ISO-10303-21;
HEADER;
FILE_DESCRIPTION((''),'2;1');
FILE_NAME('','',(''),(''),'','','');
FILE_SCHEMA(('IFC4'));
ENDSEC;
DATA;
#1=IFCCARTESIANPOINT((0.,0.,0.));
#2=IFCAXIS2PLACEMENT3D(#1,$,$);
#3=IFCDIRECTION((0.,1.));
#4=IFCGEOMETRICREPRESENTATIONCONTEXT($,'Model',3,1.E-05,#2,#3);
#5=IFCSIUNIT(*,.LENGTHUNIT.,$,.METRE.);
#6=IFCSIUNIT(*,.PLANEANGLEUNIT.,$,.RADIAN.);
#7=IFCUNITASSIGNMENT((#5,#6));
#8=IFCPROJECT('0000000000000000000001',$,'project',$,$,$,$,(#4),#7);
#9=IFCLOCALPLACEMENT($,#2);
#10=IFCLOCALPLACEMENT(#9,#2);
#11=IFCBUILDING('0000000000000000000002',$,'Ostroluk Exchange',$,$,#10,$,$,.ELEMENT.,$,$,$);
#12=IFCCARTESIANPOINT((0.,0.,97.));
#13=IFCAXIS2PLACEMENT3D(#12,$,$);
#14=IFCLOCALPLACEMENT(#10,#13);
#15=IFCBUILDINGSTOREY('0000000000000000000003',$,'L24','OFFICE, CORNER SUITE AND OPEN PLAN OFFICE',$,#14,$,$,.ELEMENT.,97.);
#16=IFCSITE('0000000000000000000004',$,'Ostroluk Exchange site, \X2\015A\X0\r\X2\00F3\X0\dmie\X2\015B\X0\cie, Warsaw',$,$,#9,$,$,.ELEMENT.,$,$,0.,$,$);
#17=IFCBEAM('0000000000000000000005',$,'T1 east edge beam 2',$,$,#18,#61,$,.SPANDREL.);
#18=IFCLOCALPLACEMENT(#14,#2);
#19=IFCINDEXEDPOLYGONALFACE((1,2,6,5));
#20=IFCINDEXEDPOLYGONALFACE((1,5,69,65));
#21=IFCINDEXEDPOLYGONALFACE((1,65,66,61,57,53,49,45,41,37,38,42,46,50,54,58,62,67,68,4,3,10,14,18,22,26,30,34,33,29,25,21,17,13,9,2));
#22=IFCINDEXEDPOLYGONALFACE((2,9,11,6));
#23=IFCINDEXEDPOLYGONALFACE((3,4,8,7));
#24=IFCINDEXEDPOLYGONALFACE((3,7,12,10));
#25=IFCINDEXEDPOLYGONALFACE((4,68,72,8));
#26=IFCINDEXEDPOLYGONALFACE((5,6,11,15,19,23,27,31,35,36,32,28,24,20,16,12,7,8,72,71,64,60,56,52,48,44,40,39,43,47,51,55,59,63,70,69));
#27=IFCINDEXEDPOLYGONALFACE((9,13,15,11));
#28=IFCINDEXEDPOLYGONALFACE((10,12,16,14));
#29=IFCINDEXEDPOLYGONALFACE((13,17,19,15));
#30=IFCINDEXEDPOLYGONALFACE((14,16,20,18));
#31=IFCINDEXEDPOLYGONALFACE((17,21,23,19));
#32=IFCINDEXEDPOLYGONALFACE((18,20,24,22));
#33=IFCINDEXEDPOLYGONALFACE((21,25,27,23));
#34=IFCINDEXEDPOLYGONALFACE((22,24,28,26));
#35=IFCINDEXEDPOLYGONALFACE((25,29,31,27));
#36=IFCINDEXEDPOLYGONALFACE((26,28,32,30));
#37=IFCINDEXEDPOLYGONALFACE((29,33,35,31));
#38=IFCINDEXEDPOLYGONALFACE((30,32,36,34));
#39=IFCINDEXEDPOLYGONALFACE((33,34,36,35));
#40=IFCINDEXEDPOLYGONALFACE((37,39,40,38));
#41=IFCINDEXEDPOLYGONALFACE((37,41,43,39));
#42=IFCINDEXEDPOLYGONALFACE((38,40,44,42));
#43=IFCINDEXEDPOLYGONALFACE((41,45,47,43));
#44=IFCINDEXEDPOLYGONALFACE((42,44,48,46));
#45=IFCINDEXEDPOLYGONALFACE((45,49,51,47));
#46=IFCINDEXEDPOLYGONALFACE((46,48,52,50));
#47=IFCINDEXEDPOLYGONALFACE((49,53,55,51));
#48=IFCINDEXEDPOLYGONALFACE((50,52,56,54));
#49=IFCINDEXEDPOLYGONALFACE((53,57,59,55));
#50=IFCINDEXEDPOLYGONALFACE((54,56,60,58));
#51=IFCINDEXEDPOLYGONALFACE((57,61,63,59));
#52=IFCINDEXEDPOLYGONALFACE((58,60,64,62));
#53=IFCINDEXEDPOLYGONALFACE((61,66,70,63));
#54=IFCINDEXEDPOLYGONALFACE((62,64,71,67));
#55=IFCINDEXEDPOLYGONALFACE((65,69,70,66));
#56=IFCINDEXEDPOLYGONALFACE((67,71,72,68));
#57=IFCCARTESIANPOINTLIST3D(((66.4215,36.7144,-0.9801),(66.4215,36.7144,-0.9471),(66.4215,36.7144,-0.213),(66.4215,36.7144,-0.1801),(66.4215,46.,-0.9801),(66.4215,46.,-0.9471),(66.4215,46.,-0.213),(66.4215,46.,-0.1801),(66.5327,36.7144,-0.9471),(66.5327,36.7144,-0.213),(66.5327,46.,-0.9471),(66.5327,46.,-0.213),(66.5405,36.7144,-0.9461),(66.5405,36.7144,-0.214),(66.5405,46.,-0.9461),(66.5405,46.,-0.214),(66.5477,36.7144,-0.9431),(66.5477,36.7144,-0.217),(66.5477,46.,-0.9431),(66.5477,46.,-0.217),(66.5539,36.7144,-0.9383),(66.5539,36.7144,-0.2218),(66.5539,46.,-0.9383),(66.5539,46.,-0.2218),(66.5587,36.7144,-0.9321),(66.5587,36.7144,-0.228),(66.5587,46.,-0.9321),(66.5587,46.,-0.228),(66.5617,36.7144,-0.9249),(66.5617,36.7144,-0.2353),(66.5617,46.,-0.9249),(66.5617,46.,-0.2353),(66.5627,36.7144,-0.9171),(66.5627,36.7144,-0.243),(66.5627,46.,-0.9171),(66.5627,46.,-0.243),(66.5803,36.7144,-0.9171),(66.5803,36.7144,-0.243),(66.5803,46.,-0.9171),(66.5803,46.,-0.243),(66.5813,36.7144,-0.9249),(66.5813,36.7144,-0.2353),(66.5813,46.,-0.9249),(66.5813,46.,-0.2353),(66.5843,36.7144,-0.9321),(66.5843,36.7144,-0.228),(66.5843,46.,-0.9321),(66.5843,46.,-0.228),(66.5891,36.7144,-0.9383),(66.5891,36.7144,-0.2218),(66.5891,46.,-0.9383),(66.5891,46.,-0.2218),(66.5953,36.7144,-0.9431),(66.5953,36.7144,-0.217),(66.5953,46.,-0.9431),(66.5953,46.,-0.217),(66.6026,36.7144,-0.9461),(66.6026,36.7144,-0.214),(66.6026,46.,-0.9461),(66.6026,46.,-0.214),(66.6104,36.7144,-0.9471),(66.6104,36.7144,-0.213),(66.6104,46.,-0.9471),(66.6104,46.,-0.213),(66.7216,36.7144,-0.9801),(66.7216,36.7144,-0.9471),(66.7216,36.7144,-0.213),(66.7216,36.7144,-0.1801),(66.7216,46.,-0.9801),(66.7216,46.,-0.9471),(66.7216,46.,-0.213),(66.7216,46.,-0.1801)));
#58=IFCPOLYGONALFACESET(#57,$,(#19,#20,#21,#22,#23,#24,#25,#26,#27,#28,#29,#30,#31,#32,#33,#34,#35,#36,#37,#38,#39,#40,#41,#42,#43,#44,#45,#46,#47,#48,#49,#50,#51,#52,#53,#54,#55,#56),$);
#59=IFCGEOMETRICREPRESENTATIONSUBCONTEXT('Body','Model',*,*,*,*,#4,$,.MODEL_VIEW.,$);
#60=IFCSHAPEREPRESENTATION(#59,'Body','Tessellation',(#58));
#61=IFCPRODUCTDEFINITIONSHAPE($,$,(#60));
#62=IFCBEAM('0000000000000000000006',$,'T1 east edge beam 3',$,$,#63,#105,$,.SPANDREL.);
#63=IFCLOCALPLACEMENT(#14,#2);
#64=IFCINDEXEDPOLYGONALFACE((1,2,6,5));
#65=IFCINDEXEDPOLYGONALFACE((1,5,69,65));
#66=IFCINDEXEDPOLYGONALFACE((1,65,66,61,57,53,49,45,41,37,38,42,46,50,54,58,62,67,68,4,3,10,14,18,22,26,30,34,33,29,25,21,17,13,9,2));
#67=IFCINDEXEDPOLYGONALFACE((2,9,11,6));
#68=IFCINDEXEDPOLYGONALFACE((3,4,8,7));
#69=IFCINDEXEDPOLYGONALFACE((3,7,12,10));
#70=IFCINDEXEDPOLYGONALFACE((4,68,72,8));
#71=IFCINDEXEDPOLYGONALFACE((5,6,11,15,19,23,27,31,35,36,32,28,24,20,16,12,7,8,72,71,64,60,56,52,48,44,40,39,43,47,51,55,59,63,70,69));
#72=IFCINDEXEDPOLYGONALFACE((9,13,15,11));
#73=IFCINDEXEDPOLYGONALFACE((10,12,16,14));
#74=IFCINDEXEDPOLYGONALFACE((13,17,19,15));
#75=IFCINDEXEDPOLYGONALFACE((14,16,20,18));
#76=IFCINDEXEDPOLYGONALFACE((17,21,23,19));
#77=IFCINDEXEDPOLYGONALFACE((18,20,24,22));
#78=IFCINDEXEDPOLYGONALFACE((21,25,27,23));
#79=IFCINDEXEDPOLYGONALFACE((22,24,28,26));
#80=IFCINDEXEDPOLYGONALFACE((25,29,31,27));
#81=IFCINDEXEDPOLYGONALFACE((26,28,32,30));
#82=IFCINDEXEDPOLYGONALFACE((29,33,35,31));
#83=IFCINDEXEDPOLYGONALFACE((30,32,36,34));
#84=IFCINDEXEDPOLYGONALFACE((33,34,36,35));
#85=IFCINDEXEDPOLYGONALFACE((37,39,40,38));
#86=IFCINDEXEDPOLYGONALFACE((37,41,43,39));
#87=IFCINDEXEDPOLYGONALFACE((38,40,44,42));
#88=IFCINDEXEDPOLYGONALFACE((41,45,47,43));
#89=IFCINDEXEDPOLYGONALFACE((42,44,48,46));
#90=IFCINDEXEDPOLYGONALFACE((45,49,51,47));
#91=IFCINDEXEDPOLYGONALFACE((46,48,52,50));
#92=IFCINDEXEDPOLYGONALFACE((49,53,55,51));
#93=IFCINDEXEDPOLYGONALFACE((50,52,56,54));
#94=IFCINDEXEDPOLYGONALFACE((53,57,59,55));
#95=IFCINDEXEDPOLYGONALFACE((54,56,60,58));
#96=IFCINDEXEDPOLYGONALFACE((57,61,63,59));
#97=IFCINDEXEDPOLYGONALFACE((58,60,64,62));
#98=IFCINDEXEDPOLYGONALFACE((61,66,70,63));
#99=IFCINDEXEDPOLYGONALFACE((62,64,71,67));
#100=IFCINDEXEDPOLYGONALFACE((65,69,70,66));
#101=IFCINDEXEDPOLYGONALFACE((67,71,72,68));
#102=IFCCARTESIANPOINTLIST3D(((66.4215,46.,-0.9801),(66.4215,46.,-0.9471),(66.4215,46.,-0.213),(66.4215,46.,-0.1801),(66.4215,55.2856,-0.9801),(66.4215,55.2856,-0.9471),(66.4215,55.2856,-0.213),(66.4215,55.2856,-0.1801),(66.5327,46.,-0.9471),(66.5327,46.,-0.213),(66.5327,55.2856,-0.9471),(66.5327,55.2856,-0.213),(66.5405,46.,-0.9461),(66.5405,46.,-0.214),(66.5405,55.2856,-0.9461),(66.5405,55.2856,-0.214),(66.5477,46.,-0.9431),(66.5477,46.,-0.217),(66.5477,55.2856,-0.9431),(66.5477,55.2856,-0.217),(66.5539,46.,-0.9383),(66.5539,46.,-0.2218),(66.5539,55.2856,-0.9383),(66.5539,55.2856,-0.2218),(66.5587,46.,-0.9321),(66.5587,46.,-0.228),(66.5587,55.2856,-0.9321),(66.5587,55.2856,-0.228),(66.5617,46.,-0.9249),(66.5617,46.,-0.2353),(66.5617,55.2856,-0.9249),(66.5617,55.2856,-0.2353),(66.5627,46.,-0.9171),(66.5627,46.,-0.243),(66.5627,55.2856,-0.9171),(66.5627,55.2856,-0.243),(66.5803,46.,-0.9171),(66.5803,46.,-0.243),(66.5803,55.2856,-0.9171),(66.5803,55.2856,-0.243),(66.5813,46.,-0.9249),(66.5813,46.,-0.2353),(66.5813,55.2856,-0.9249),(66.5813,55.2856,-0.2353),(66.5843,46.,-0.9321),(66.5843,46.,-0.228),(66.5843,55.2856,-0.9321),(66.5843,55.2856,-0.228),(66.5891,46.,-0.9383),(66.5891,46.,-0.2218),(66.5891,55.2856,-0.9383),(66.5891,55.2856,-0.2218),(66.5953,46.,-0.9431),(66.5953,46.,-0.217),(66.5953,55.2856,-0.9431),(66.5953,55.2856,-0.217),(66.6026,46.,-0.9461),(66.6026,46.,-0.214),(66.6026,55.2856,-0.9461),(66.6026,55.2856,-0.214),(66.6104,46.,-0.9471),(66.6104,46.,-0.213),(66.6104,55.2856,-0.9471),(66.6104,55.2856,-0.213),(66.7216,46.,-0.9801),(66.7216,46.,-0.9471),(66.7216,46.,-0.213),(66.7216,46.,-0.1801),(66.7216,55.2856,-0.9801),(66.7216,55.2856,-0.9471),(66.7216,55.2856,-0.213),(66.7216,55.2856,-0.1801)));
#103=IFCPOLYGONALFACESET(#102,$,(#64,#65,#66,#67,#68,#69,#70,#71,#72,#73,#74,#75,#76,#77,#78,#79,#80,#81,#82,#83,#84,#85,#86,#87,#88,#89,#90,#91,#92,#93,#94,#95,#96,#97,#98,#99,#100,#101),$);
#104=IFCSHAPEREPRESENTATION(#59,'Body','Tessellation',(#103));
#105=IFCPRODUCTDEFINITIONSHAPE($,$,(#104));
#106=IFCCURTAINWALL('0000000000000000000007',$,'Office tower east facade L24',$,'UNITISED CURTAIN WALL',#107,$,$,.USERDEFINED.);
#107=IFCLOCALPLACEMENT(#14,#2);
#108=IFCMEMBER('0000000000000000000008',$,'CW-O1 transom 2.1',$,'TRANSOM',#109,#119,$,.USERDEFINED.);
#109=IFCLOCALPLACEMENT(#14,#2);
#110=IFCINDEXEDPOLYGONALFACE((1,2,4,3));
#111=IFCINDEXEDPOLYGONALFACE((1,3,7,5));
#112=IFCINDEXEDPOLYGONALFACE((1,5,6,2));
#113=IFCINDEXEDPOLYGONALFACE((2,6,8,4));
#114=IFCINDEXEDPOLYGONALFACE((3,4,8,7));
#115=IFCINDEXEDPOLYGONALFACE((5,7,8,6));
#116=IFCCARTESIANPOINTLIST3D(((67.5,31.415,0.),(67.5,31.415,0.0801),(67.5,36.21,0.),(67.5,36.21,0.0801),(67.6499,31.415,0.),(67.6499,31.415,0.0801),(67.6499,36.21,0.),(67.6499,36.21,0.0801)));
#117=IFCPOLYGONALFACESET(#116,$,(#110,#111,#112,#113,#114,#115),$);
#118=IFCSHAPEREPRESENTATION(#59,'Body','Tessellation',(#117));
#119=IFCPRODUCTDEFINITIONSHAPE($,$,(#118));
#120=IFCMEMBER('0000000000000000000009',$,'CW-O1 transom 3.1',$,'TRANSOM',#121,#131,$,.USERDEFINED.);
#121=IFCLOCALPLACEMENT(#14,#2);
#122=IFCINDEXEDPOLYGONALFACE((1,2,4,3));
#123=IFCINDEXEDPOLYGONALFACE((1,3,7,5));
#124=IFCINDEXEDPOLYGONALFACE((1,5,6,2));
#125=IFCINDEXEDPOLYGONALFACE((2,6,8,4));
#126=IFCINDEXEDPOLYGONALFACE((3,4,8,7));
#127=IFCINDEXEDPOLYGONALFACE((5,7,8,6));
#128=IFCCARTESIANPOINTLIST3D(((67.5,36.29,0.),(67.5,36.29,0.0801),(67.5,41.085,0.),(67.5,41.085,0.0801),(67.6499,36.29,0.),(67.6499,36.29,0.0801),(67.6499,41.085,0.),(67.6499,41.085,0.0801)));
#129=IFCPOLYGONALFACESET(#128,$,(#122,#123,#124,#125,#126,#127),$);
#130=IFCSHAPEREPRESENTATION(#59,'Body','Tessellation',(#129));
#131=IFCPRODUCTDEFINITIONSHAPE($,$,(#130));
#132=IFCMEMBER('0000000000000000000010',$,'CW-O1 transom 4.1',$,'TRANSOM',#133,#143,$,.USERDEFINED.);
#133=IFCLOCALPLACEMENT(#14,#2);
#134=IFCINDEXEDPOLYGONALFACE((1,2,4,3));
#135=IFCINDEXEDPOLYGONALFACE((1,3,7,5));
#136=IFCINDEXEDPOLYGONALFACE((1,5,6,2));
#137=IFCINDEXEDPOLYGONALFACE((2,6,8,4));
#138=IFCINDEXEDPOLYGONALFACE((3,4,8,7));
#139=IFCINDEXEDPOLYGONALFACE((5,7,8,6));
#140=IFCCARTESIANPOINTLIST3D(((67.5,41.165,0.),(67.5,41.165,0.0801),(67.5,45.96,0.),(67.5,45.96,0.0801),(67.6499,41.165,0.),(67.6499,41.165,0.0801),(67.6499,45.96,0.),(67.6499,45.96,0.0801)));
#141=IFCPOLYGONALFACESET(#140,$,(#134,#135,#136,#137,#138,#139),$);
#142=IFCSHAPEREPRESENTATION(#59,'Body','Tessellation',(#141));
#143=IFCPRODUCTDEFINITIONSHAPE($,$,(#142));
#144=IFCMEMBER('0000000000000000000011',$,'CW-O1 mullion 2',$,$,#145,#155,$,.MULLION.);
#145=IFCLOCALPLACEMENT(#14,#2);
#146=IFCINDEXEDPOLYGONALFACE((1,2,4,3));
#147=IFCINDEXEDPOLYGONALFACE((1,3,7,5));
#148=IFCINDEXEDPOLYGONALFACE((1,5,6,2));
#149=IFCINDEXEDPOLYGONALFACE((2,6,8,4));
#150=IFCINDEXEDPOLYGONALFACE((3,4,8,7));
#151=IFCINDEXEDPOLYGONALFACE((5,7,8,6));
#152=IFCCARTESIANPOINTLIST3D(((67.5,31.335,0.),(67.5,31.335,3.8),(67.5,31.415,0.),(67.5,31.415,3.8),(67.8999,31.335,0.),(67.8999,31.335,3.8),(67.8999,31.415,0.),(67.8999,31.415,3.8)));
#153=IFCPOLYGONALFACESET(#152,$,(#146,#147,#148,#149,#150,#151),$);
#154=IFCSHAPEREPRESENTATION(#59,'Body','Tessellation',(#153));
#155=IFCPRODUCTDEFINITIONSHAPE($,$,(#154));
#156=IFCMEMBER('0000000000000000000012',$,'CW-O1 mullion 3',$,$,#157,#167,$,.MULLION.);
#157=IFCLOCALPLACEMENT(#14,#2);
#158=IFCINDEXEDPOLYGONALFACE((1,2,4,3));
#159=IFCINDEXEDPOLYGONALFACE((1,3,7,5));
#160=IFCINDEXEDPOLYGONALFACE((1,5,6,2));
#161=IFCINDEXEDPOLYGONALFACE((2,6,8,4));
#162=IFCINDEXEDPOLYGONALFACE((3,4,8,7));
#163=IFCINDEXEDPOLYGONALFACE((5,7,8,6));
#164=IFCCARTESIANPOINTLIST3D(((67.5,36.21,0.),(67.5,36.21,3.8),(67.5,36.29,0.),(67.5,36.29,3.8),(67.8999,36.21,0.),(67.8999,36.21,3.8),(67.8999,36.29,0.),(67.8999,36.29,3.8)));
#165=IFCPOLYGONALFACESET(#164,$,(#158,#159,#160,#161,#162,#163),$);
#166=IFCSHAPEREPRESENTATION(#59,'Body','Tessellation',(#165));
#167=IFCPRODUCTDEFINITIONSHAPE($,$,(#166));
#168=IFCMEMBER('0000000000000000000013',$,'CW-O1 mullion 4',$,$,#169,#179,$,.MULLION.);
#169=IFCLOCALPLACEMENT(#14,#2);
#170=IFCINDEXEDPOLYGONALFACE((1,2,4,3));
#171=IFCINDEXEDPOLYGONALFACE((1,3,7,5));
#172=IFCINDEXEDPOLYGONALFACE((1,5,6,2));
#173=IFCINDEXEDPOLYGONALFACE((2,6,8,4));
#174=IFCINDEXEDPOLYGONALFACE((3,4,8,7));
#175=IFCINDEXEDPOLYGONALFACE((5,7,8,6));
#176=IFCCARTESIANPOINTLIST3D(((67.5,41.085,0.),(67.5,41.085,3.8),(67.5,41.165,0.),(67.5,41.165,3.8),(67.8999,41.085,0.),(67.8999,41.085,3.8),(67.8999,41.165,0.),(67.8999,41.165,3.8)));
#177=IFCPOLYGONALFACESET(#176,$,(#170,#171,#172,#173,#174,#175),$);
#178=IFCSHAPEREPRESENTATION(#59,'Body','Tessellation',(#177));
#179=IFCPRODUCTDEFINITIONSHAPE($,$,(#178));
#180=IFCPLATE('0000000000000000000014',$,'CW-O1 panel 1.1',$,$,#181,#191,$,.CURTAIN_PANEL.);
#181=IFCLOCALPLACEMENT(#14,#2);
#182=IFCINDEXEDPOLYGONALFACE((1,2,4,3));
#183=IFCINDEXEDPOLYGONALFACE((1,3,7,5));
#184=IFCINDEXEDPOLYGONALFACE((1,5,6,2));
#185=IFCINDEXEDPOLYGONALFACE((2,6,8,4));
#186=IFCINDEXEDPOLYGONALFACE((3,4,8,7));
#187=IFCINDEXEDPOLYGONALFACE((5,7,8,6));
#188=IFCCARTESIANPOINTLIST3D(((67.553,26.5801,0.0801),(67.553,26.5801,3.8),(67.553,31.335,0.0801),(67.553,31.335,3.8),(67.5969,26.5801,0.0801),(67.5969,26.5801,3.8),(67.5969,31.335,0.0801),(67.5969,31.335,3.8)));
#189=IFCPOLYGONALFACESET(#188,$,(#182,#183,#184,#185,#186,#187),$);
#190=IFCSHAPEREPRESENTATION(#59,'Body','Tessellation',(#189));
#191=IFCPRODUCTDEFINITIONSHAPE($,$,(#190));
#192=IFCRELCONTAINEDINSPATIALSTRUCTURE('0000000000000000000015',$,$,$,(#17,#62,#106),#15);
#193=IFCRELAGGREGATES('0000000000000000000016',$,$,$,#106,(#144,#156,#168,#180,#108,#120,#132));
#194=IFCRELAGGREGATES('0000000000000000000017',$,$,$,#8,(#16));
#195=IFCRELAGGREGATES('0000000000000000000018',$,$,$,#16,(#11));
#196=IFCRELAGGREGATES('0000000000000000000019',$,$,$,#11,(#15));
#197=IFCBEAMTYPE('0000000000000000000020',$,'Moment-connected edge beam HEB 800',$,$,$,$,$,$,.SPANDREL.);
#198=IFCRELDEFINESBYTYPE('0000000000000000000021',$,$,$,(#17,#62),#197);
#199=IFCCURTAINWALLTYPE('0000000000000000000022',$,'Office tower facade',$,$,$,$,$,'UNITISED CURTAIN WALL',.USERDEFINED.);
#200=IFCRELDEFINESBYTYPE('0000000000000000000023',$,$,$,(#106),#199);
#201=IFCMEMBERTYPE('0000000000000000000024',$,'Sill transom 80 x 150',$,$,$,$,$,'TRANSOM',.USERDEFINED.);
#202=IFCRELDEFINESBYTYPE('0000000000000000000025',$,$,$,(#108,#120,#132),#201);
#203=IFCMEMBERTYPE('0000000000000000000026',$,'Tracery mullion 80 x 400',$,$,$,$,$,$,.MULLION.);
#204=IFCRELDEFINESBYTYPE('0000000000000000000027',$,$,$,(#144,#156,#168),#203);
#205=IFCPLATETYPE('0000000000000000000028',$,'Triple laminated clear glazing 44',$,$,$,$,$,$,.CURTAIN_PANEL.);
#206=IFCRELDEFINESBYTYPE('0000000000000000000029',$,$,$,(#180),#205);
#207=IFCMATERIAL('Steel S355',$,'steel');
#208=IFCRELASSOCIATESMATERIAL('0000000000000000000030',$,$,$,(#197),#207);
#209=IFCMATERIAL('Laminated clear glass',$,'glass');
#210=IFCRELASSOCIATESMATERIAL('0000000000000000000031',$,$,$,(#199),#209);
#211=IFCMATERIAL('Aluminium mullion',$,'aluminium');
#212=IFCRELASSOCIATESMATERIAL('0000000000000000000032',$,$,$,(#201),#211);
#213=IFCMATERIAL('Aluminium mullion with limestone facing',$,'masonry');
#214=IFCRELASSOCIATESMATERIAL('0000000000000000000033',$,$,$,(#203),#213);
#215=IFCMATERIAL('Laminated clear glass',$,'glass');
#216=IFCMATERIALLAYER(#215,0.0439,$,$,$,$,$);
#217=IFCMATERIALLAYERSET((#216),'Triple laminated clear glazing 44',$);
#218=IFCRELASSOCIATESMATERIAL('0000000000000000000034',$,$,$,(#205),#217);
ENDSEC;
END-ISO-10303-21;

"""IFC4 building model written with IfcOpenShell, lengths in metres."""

from ifc_helpers import new_model, si_unit, direction, frame, origin, origin_2d, place, context, subcontext, project, spatial, rectangle, i_section, extrude, material, layer, layer_set, material_profile, profile_set, type_object, element, aggregate, save


model = new_model("IFC4")

# Units and contexts
model_context = context("Model", 3, precision=1e-05, world=origin(), true_north=direction((0.0, 1.0)))
body_context = subcontext(model_context, "Body", "Model", "MODEL_VIEW")
ifc_project = project(units=[si_unit("LENGTHUNIT", "METRE"), si_unit("PLANEANGLEUNIT", "RADIAN")], contexts=[model_context])

# Site, building, storey
site_placement = place(None, origin())
site = spatial("IfcSite", under=ifc_project, at=site_placement, Name="Ostroluk Exchange site, Śródmieście, Warsaw", CompositionType="ELEMENT", RefElevation=0.0)
building_placement = place(site_placement, origin())
building = spatial("IfcBuilding", under=site, at=building_placement, Name="Ostroluk Exchange", CompositionType="ELEMENT")
storey_placement = place(building_placement, frame((0.0, 0.0, 97.0)))
storey = spatial("IfcBuildingStorey", under=building, at=storey_placement, Name="L24", Description="OFFICE, CORNER SUITE AND OPEN PLAN OFFICE", CompositionType="ELEMENT", Elevation=97.0)

# Beams
ifc_material_1 = material(Name="Steel S355", Category="steel")
ifc_material_profile_1 = material_profile(ifc_material_1, i_section(OverallWidth=0.3, OverallDepth=0.8, WebThickness=0.0176, FlangeThickness=0.033, FilletRadius=0.03, at=origin_2d()), Name="HEB 800")
ifc_profile_set_1 = profile_set([ifc_material_profile_1], Name="Steel S355")
beam_type = type_object("IfcBeamType", Name="Moment-connected edge beam HEB 800", PredefinedType="SPANDREL", material=ifc_profile_set_1)
for number, where, z_axis, x_axis, name in (
    (1, (66.5715, 36.7144, -0.5801), (0.0, 1.0, 0.0), (-1.0, 0.0, 0.0), "T1 east edge beam 2"),
    (2, (66.5715, 46.0, -0.5801), (0.0, 1.0, 0.0), (-1.0, 0.0, 0.0), "T1 east edge beam 3"),
):
    element("IfcBeam", number, at=place(storey_placement, frame(where, z_axis=z_axis, x_axis=x_axis)), inside=storey, type_object=beam_type, Name=name, PredefinedType="SPANDREL", context=body_context, shape_type="SweptSolid", body=[
        extrude(i_section(OverallWidth=0.3, OverallDepth=0.8, WebThickness=0.0176, FlangeThickness=0.033, FilletRadius=0.03, at=origin_2d()), origin(), (0.0, 0.0, 1.0), 9.2856),
    ])

# Curtain wall, members, plate
ifc_material_2 = material(Name="Laminated clear glass", Category="glass")
curtain_wall_type = type_object("IfcCurtainWallType", Name="Office tower facade", ElementType="UNITISED CURTAIN WALL", PredefinedType="USERDEFINED", material=ifc_material_2)
curtain_wall_placement = place(storey_placement, origin())
curtain_wall = element("IfcCurtainWall", 3, at=curtain_wall_placement, inside=storey, type_object=curtain_wall_type, Name="Office tower east facade L24", ObjectType="UNITISED CURTAIN WALL", PredefinedType="USERDEFINED")
ifc_material_3 = material(Name="Aluminium mullion", Category="aluminium")
ifc_material_profile_2 = material_profile(ifc_material_3, rectangle(XDim=0.1499, YDim=0.0801, at=origin_2d()), Name="Sill transom 80 x 150")
ifc_profile_set_2 = profile_set([ifc_material_profile_2], Name="Aluminium mullion")
member_type_1 = type_object("IfcMemberType", Name="Sill transom 80 x 150", ElementType="TRANSOM", PredefinedType="USERDEFINED", material=ifc_profile_set_2)
member_1_placement = place(storey_placement, frame((67.575, 31.415, 0.04), z_axis=(0.0, 1.0, 0.0), x_axis=(-1.0, 0.0, 0.0)))
member_1 = element("IfcMember", 4, at=member_1_placement, type_object=member_type_1, Name="CW-O1 transom 2.1", ObjectType="TRANSOM", PredefinedType="USERDEFINED", context=body_context, shape_type="SweptSolid", body=[
    extrude(rectangle(XDim=0.1499, YDim=0.0801, at=origin_2d()), origin(), (0.0, 0.0, 1.0), 4.7949),
])
member_2_placement = place(storey_placement, frame((67.575, 36.29, 0.04), z_axis=(0.0, 1.0, 0.0), x_axis=(-1.0, 0.0, 0.0)))
member_2 = element("IfcMember", 5, at=member_2_placement, type_object=member_type_1, Name="CW-O1 transom 3.1", ObjectType="TRANSOM", PredefinedType="USERDEFINED", context=body_context, shape_type="SweptSolid", body=[
    extrude(rectangle(XDim=0.1499, YDim=0.0801, at=origin_2d()), origin(), (0.0, 0.0, 1.0), 4.7949),
])
member_3_placement = place(storey_placement, frame((67.575, 41.165, 0.04), z_axis=(0.0, 1.0, 0.0), x_axis=(-1.0, 0.0, 0.0)))
member_3 = element("IfcMember", 6, at=member_3_placement, type_object=member_type_1, Name="CW-O1 transom 4.1", ObjectType="TRANSOM", PredefinedType="USERDEFINED", context=body_context, shape_type="SweptSolid", body=[
    extrude(rectangle(XDim=0.1499, YDim=0.0801, at=origin_2d()), origin(), (0.0, 0.0, 1.0), 4.7949),
])
ifc_material_4 = material(Name="Aluminium mullion with limestone facing", Category="masonry")
ifc_material_profile_3 = material_profile(ifc_material_4, rectangle(XDim=0.3999, YDim=0.0801, at=origin_2d()), Name="Tracery mullion 80 x 400")
ifc_profile_set_3 = profile_set([ifc_material_profile_3], Name="Aluminium mullion with limestone facing")
member_type_2 = type_object("IfcMemberType", Name="Tracery mullion 80 x 400", PredefinedType="MULLION", material=ifc_profile_set_3)
member_4_placement = place(storey_placement, frame((67.7, 31.375, 0.0), z_axis=(0.0, 0.0, 1.0), x_axis=(-1.0, 0.0, 0.0)))
member_4 = element("IfcMember", 7, at=member_4_placement, type_object=member_type_2, Name="CW-O1 mullion 2", PredefinedType="MULLION", context=body_context, shape_type="SweptSolid", body=[
    extrude(rectangle(XDim=0.3999, YDim=0.0801, at=origin_2d()), origin(), (0.0, 0.0, 1.0), 3.8),
])
member_5_placement = place(storey_placement, frame((67.7, 36.25, 0.0), z_axis=(0.0, 0.0, 1.0), x_axis=(-1.0, 0.0, 0.0)))
member_5 = element("IfcMember", 8, at=member_5_placement, type_object=member_type_2, Name="CW-O1 mullion 3", PredefinedType="MULLION", context=body_context, shape_type="SweptSolid", body=[
    extrude(rectangle(XDim=0.3999, YDim=0.0801, at=origin_2d()), origin(), (0.0, 0.0, 1.0), 3.8),
])
member_6_placement = place(storey_placement, frame((67.7, 41.125, 0.0), z_axis=(0.0, 0.0, 1.0), x_axis=(-1.0, 0.0, 0.0)))
member_6 = element("IfcMember", 9, at=member_6_placement, type_object=member_type_2, Name="CW-O1 mullion 4", PredefinedType="MULLION", context=body_context, shape_type="SweptSolid", body=[
    extrude(rectangle(XDim=0.3999, YDim=0.0801, at=origin_2d()), origin(), (0.0, 0.0, 1.0), 3.8),
])
ifc_material_5 = material(Name="Laminated clear glass", Category="glass")
ifc_layer_1 = layer(ifc_material_5, 0.0439)
ifc_layer_set_1 = layer_set([ifc_layer_1], Name="Triple laminated clear glazing 44")
plate_type = type_object("IfcPlateType", Name="Triple laminated clear glazing 44", PredefinedType="CURTAIN_PANEL", material=ifc_layer_set_1)
plate_1_placement = place(storey_placement, frame((67.575, 28.9575, 0.0801), z_axis=(0.0, 0.0, 1.0), x_axis=(0.0, 1.0, 0.0)))
plate_1 = element("IfcPlate", 10, at=plate_1_placement, type_object=plate_type, Name="CW-O1 panel 1.1", PredefinedType="CURTAIN_PANEL", context=body_context, shape_type="SweptSolid", body=[
    extrude(rectangle(XDim=4.7549, YDim=0.0439, at=origin_2d()), origin(), (0.0, 0.0, 1.0), 3.72),
])
aggregate(curtain_wall, [member_4, member_5, member_6, plate_1, member_1, member_2, member_3])

save(model, "model.ifc")
